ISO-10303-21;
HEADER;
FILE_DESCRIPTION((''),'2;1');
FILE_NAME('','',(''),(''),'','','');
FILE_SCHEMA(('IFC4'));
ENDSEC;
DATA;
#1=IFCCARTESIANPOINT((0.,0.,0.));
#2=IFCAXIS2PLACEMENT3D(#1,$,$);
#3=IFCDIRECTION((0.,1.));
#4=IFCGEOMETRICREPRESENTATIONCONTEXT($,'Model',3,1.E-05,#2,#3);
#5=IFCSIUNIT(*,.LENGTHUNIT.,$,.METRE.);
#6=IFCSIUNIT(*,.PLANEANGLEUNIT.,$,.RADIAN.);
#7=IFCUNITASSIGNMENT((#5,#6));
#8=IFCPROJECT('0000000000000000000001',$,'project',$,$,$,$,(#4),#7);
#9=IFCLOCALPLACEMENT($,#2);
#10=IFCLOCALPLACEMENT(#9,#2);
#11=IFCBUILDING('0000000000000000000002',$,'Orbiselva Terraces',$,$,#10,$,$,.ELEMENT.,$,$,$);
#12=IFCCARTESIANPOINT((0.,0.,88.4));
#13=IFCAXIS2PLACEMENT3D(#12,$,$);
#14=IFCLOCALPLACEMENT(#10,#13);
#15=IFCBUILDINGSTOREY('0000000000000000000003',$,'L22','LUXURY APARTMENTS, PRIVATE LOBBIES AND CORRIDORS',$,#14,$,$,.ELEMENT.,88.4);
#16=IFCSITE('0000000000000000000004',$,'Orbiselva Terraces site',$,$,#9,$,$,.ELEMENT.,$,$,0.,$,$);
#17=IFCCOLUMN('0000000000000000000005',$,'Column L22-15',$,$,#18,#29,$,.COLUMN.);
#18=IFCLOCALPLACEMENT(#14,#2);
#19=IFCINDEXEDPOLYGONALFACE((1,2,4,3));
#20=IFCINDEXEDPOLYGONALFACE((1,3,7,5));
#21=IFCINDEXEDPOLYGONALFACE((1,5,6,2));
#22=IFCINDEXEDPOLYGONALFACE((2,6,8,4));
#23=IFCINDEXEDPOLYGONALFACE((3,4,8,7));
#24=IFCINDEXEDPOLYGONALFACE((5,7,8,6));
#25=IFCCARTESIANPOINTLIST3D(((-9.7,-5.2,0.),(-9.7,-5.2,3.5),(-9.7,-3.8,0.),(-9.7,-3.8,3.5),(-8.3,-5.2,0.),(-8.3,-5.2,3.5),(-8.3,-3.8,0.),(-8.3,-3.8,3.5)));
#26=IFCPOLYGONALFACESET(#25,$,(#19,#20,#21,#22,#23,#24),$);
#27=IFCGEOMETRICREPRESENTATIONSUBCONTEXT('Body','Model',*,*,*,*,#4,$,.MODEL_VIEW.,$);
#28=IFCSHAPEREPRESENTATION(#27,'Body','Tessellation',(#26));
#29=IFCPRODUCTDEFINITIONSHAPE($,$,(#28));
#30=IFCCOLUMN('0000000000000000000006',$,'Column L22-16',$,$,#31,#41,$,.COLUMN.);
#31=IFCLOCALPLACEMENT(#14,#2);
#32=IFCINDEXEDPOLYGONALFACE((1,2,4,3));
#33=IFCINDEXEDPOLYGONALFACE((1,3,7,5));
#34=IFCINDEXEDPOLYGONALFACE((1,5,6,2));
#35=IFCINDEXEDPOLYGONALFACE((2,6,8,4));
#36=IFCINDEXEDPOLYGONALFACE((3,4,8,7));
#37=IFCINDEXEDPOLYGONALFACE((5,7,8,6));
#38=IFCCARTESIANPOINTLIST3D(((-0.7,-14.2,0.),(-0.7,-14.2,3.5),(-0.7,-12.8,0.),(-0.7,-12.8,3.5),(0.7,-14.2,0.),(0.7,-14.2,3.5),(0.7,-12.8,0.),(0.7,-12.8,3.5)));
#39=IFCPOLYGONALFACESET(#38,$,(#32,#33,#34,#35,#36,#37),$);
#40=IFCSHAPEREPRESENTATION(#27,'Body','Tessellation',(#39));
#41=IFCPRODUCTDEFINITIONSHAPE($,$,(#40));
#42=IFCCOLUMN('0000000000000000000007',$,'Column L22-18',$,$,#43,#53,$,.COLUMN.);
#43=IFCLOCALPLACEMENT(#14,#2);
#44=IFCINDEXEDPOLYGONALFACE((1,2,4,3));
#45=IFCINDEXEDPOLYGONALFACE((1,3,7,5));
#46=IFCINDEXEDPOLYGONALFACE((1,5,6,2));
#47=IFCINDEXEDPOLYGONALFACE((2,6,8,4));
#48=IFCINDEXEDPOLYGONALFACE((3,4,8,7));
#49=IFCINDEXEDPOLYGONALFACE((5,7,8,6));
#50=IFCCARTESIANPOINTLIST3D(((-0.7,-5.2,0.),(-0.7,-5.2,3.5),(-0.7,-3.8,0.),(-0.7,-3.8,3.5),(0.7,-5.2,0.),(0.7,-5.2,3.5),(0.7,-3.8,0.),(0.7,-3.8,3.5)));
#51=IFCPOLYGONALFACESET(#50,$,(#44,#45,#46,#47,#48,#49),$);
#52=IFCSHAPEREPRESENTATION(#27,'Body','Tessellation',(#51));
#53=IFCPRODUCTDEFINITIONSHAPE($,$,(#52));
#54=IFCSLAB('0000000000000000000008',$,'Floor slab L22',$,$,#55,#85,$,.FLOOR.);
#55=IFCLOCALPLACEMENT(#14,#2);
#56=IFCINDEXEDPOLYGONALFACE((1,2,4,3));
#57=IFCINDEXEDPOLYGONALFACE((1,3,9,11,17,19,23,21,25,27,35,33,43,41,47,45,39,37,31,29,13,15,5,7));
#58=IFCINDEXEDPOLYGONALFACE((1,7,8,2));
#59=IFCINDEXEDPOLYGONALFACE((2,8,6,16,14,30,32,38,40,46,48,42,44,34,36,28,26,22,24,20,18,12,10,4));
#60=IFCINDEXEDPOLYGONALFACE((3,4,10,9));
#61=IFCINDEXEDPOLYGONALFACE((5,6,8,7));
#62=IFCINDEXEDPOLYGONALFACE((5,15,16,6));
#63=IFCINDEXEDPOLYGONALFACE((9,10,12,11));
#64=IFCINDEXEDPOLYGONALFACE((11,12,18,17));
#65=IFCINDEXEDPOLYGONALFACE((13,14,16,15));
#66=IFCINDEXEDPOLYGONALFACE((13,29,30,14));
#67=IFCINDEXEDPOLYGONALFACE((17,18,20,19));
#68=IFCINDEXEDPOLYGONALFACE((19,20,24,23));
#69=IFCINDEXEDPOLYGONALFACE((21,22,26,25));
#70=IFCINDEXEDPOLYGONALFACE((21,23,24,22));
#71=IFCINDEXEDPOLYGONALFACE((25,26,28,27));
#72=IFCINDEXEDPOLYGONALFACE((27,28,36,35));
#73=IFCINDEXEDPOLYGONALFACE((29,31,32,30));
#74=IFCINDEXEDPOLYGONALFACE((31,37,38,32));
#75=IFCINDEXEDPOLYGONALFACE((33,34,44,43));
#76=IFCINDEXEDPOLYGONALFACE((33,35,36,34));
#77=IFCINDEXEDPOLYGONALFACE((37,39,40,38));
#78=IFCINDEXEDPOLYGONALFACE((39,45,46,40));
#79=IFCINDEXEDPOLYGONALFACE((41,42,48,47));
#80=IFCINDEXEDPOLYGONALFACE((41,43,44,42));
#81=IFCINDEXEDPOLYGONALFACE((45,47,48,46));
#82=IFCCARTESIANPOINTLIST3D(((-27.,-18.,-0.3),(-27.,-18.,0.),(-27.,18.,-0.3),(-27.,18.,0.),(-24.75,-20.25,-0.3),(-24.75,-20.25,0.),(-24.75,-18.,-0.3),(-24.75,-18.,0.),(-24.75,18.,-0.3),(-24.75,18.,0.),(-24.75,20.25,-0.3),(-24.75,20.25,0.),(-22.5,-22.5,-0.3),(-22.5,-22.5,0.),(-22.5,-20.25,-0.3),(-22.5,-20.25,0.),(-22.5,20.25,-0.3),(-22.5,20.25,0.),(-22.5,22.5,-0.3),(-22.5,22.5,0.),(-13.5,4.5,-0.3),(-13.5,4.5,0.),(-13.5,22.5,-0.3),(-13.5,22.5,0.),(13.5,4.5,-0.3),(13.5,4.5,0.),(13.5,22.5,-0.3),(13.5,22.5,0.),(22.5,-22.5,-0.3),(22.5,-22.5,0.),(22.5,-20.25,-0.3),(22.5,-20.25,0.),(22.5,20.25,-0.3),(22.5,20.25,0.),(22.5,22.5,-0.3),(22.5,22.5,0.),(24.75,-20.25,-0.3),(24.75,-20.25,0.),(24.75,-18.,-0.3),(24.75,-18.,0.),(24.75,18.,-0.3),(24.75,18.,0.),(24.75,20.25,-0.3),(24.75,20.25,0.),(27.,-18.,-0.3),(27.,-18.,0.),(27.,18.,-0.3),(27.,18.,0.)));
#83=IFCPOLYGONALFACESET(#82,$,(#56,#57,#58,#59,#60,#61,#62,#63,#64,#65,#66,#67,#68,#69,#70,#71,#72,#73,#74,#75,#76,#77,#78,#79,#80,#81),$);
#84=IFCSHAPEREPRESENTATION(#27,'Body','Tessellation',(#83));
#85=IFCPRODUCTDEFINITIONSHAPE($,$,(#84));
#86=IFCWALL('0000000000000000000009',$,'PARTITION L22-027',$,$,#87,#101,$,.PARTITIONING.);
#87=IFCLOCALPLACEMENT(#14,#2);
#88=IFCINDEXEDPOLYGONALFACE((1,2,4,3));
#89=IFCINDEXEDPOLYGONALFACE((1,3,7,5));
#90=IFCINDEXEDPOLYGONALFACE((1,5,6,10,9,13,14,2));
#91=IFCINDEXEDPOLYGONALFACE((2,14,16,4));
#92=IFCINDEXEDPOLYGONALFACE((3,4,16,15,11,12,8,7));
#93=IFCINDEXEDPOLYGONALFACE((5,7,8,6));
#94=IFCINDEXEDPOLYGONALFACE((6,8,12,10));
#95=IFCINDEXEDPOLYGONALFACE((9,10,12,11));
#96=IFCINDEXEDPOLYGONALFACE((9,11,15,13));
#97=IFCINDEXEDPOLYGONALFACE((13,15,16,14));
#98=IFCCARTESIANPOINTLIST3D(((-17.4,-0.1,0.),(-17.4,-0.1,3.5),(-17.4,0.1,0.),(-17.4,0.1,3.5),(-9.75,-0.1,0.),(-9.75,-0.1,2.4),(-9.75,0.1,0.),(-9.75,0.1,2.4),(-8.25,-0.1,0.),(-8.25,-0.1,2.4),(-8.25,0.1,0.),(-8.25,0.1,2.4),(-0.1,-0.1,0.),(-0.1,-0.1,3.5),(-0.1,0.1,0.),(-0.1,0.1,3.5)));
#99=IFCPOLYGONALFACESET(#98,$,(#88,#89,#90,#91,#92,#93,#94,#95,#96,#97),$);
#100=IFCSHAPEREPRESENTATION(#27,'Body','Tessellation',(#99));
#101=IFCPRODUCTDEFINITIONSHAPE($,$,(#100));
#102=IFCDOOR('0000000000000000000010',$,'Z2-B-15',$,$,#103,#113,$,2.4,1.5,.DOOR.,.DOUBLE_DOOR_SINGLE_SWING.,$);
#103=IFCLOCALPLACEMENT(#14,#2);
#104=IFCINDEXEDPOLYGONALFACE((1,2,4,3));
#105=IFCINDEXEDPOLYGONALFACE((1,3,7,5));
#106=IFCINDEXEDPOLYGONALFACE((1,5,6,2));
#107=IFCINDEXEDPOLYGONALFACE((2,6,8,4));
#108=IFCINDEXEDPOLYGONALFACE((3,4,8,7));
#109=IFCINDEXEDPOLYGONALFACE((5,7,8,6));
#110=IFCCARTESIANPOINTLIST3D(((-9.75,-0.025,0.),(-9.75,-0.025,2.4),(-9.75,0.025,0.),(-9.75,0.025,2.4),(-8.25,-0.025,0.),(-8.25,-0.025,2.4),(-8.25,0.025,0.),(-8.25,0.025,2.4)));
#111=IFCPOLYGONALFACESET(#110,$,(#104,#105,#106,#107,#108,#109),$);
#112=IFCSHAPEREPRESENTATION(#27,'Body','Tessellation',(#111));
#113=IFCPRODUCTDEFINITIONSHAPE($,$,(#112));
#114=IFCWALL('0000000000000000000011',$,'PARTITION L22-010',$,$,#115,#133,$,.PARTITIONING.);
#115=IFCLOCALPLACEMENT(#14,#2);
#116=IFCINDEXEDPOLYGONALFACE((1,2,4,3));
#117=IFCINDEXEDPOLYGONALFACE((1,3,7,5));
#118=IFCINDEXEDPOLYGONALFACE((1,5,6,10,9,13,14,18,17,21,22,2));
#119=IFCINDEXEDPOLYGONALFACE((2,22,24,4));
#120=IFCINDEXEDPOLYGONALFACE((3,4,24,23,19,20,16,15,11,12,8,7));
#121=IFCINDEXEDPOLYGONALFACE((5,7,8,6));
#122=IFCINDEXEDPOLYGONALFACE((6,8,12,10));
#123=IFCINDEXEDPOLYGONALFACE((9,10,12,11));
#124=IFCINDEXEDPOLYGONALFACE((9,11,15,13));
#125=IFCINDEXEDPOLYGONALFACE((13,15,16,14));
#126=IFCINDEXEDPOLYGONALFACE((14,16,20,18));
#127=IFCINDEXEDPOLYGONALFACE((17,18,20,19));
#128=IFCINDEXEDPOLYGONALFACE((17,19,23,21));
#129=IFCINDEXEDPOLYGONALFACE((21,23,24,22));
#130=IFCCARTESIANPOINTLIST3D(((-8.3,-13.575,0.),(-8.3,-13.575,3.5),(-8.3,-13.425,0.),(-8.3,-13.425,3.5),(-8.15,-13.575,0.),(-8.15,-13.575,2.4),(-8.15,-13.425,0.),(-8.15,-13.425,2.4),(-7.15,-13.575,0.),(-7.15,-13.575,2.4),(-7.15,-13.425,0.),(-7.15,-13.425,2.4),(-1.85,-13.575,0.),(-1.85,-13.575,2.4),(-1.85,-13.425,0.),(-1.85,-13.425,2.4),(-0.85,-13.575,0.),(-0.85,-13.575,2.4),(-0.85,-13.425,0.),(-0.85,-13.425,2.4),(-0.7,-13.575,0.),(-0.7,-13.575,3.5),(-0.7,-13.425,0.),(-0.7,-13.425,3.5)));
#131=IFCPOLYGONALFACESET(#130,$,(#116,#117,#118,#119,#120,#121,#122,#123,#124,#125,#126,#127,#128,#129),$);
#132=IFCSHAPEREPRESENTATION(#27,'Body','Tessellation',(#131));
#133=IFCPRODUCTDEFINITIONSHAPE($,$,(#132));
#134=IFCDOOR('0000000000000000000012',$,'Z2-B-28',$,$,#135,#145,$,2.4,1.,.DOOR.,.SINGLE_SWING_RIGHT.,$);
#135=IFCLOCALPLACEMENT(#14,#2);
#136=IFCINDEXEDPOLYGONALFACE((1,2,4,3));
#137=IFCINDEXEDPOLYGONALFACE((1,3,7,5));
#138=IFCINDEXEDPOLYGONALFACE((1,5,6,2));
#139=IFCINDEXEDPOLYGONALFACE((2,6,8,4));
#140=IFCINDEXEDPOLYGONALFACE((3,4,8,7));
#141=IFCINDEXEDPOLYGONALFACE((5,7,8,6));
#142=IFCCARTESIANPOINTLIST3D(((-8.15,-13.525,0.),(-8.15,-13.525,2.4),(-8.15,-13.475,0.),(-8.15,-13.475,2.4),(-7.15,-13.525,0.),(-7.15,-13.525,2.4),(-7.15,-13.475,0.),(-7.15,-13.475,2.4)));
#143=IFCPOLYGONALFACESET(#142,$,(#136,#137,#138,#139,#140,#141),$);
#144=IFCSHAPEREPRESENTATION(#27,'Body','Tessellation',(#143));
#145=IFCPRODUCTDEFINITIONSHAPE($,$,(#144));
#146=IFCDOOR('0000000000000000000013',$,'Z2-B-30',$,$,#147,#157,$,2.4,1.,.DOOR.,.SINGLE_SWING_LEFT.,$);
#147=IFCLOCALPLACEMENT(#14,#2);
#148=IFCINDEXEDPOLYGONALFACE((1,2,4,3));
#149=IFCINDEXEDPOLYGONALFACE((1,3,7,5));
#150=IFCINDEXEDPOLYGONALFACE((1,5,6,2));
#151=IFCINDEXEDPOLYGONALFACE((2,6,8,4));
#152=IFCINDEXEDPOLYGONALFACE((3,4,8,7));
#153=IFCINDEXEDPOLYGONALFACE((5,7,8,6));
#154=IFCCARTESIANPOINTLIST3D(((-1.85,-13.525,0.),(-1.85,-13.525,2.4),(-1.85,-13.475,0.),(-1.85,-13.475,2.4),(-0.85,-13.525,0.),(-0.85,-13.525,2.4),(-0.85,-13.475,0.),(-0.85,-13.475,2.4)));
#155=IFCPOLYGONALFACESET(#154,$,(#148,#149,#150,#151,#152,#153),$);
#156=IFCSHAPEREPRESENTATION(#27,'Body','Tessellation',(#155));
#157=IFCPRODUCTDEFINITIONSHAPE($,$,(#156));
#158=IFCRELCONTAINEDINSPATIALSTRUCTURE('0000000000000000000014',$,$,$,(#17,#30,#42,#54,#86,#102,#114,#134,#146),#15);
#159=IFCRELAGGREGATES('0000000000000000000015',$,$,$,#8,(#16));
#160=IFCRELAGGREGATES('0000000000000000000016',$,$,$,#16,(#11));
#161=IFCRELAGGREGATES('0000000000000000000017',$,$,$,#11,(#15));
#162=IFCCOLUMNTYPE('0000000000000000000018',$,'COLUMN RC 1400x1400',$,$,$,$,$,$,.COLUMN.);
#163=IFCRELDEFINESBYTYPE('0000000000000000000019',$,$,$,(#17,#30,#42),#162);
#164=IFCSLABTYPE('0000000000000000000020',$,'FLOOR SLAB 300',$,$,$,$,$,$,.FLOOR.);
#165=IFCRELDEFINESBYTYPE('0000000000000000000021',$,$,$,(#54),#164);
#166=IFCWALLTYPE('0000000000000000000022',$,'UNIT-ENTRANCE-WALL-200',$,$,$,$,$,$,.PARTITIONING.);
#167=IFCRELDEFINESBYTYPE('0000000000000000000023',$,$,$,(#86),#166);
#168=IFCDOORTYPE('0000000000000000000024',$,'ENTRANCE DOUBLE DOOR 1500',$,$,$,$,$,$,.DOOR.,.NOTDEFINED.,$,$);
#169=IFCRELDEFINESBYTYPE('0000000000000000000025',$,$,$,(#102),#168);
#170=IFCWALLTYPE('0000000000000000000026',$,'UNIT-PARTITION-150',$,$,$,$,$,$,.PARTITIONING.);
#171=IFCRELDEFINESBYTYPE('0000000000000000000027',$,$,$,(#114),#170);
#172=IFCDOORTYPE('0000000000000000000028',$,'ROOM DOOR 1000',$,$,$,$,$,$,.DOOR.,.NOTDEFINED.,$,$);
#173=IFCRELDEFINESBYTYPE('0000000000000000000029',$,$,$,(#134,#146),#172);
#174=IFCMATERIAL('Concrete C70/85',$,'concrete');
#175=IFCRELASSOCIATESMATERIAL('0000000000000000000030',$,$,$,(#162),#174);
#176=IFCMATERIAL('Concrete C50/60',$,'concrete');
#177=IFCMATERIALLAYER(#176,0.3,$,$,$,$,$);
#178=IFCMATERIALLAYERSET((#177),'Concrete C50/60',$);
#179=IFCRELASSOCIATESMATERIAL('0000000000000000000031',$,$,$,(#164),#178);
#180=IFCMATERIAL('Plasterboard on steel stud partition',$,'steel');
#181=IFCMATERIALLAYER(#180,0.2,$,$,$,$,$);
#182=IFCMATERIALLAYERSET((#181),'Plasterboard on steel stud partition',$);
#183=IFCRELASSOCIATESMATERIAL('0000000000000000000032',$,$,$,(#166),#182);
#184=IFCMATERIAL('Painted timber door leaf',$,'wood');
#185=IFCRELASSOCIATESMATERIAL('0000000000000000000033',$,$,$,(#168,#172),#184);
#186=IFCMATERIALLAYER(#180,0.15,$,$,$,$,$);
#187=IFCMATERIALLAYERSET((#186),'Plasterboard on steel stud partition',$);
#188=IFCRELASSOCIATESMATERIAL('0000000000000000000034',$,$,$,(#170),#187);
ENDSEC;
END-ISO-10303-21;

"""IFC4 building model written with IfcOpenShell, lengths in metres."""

from ifc_helpers import new_model, si_unit, direction, frame, frame_2d, origin, origin_2d, place, context, subcontext, project, spatial, polyline, rectangle, outline, extrude, material, layer, layer_set, material_profile, profile_set, type_object, element, fill, save


model = new_model("IFC4")

# Units and contexts
model_context = context("Model", 3, precision=1e-05, world=origin(), true_north=direction((0.0, 1.0)))
body_context = subcontext(model_context, "Body", "Model", "MODEL_VIEW")
ifc_project = project(units=[si_unit("LENGTHUNIT", "METRE"), si_unit("PLANEANGLEUNIT", "RADIAN")], contexts=[model_context])

# Site, building, storey
site_placement = place(None, origin())
site = spatial("IfcSite", under=ifc_project, at=site_placement, Name="Orbiselva Terraces site", CompositionType="ELEMENT", RefElevation=0.0)
building_placement = place(site_placement, origin())
building = spatial("IfcBuilding", under=site, at=building_placement, Name="Orbiselva Terraces", CompositionType="ELEMENT")
storey_placement = place(building_placement, frame((0.0, 0.0, 88.4)))
storey = spatial("IfcBuildingStorey", under=building, at=storey_placement, Name="L22", Description="LUXURY APARTMENTS, PRIVATE LOBBIES AND CORRIDORS", CompositionType="ELEMENT", Elevation=88.4)

# Columns
ifc_material_1 = material(Name="Concrete C70/85", Category="concrete")
ifc_material_profile = material_profile(ifc_material_1, rectangle(XDim=1.4, YDim=1.4, at=origin_2d()), Name="RC 1400x1400")
ifc_profile_set = profile_set([ifc_material_profile], Name="Concrete C70/85")
column_type = type_object("IfcColumnType", Name="COLUMN RC 1400x1400", PredefinedType="COLUMN", material=ifc_profile_set)
for number, where, z_axis, x_axis, name in (
    (1, (-9.0, -4.5, 0.0), (0.0, 0.0, 1.0), (1.0, 0.0, 0.0), "Column L22-15"),
    (2, (0.0, -13.5, 0.0), (0.0, 0.0, 1.0), (1.0, 0.0, 0.0), "Column L22-16"),
    (3, (0.0, -4.5, 0.0), (0.0, 0.0, 1.0), (1.0, 0.0, 0.0), "Column L22-18"),
):
    element("IfcColumn", number, at=place(storey_placement, frame(where, z_axis=z_axis, x_axis=x_axis)), inside=storey, type_object=column_type, Name=name, PredefinedType="COLUMN", context=body_context, shape_type="SweptSolid", body=[
        extrude(rectangle(XDim=1.4, YDim=1.4, at=origin_2d()), origin(), (0.0, 0.0, 1.0), 3.5),
    ])

# Slab
ifc_material_2 = material(Name="Concrete C50/60", Category="concrete")
ifc_layer_1 = layer(ifc_material_2, 0.3)
ifc_layer_set_1 = layer_set([ifc_layer_1], Name="Concrete C50/60")
slab_type = type_object("IfcSlabType", Name="FLOOR SLAB 300", PredefinedType="FLOOR", material=ifc_layer_set_1)
slab_placement = place(storey_placement, frame((0.0, 0.0, -0.3)))
element("IfcSlab", 4, at=slab_placement, inside=storey, type_object=slab_type, Name="Floor slab L22", PredefinedType="FLOOR", context=body_context, shape_type="SweptSolid", body=[
    extrude(outline(polyline([(22.5, 22.5), (22.5, 20.25), (24.75, 20.25), (24.75, 18.0), (27.0, 18.0), (27.0, -18.0), (24.75, -18.0), (24.75, -20.25), (22.5, -20.25), (22.5, -22.5), (-22.5, -22.5), (-22.5, -20.25), (-24.75, -20.25), (-24.75, -18.0), (-27.0, -18.0), (-27.0, 18.0), (-24.75, 18.0), (-24.75, 20.25), (-22.5, 20.25), (-22.5, 22.5), (-13.5, 22.5), (-13.5, 4.5), (13.5, 4.5), (13.5, 22.5), (22.5, 22.5)])), origin(), (0.0, 0.0, 1.0), 0.3),
])

# Wall, opening, door
ifc_material_3 = material(Name="Plasterboard on steel stud partition", Category="steel")
ifc_layer_2 = layer(ifc_material_3, 0.2)
ifc_layer_set_2 = layer_set([ifc_layer_2], Name="Plasterboard on steel stud partition")
wall_type_1 = type_object("IfcWallType", Name="UNIT-ENTRANCE-WALL-200", PredefinedType="PARTITIONING", material=ifc_layer_set_2)
wall_1_placement = place(storey_placement, frame((-0.1, 0.0, 0.0), z_axis=(0.0, 0.0, 1.0), x_axis=(-1.0, 0.0, 0.0)))
wall_1 = element("IfcWall", 5, at=wall_1_placement, inside=storey, type_object=wall_type_1, Name="PARTITION L22-027", PredefinedType="PARTITIONING", context=body_context, shape_type="SweptSolid", body=[
    extrude(rectangle(XDim=17.3, YDim=0.2, at=frame_2d((8.65, 0.0))), origin(), (0.0, 0.0, 1.0), 3.5),
])
opening_1_placement = place(wall_1_placement, frame((8.15, 0.0, 0.0)))
opening_1 = element("IfcOpeningElement", 6, at=opening_1_placement, cuts=wall_1, PredefinedType="OPENING", context=body_context, shape_type="SweptSolid", body=[
    extrude(rectangle(XDim=1.5, YDim=2.4, at=frame_2d((0.75, 1.2))), frame((0.0, 0.11, 0.0), z_axis=(0.0, -1.0, 0.0), x_axis=(1.0, 0.0, 0.0)), (0.0, 0.0, 1.0), 0.22),
])
ifc_material_4 = material(Name="Painted timber door leaf", Category="wood")
door_type_1 = type_object("IfcDoorType", Name="ENTRANCE DOUBLE DOOR 1500", OperationType="NOTDEFINED", PredefinedType="DOOR", material=ifc_material_4)
door_1_placement = place(opening_1_placement, origin())
door_1 = element("IfcDoor", 7, at=door_1_placement, inside=storey, type_object=door_type_1, Name="Z2-B-15", OperationType="DOUBLE_DOOR_SINGLE_SWING", OverallHeight=2.4, OverallWidth=1.5, PredefinedType="DOOR", context=body_context, shape_type="SweptSolid", body=[
    extrude(rectangle(XDim=1.5, YDim=2.4, at=frame_2d((0.75, 1.2))), frame((0.0, 0.025, 0.0), z_axis=(0.0, -1.0, 0.0), x_axis=(1.0, 0.0, 0.0)), (0.0, 0.0, 1.0), 0.05),
])
fill(opening_1, door_1)

# Wall, openings, doors
ifc_layer_3 = layer(ifc_material_3, 0.15)
ifc_layer_set_3 = layer_set([ifc_layer_3], Name="Plasterboard on steel stud partition")
wall_type_2 = type_object("IfcWallType", Name="UNIT-PARTITION-150", PredefinedType="PARTITIONING", material=ifc_layer_set_3)
wall_2_placement = place(storey_placement, frame((-0.7, -13.5, 0.0), z_axis=(0.0, 0.0, 1.0), x_axis=(-1.0, 0.0, 0.0)))
wall_2 = element("IfcWall", 8, at=wall_2_placement, inside=storey, type_object=wall_type_2, Name="PARTITION L22-010", PredefinedType="PARTITIONING", context=body_context, shape_type="SweptSolid", body=[
    extrude(rectangle(XDim=7.6, YDim=0.15, at=frame_2d((3.8, 0.0))), origin(), (0.0, 0.0, 1.0), 3.5),
])
opening_2_placement = place(wall_2_placement, frame((6.45, 0.0, 0.0)))
opening_2 = element("IfcOpeningElement", 9, at=opening_2_placement, cuts=wall_2, PredefinedType="OPENING", context=body_context, shape_type="SweptSolid", body=[
    extrude(rectangle(XDim=1.0, YDim=2.4, at=frame_2d((0.5, 1.2))), frame((0.0, 0.085, 0.0), z_axis=(0.0, -1.0, 0.0), x_axis=(1.0, 0.0, 0.0)), (0.0, 0.0, 1.0), 0.17),
])
opening_3_placement = place(wall_2_placement, frame((0.15, 0.0, 0.0)))
opening_3 = element("IfcOpeningElement", 10, at=opening_3_placement, cuts=wall_2, PredefinedType="OPENING", context=body_context, shape_type="SweptSolid", body=[
    extrude(rectangle(XDim=1.0, YDim=2.4, at=frame_2d((0.5, 1.2))), frame((0.0, 0.085, 0.0), z_axis=(0.0, -1.0, 0.0), x_axis=(1.0, 0.0, 0.0)), (0.0, 0.0, 1.0), 0.17),
])
door_type_2 = type_object("IfcDoorType", Name="ROOM DOOR 1000", OperationType="NOTDEFINED", PredefinedType="DOOR", material=ifc_material_4)
door_2_placement = place(opening_2_placement, origin())
door_2 = element("IfcDoor", 11, at=door_2_placement, inside=storey, type_object=door_type_2, Name="Z2-B-28", OperationType="SINGLE_SWING_RIGHT", OverallHeight=2.4, OverallWidth=1.0, PredefinedType="DOOR", context=body_context, shape_type="SweptSolid", body=[
    extrude(rectangle(XDim=1.0, YDim=2.4, at=frame_2d((0.5, 1.2))), frame((0.0, 0.025, 0.0), z_axis=(0.0, -1.0, 0.0), x_axis=(1.0, 0.0, 0.0)), (0.0, 0.0, 1.0), 0.05),
])
fill(opening_2, door_2)
door_3_placement = place(opening_3_placement, origin())
door_3 = element("IfcDoor", 12, at=door_3_placement, inside=storey, type_object=door_type_2, Name="Z2-B-30", OperationType="SINGLE_SWING_LEFT", OverallHeight=2.4, OverallWidth=1.0, PredefinedType="DOOR", context=body_context, shape_type="SweptSolid", body=[
    extrude(rectangle(XDim=1.0, YDim=2.4, at=frame_2d((0.5, 1.2))), frame((0.0, 0.025, 0.0), z_axis=(0.0, -1.0, 0.0), x_axis=(1.0, 0.0, 0.0)), (0.0, 0.0, 1.0), 0.05),
])
fill(opening_3, door_3)

save(model, "model.ifc")
